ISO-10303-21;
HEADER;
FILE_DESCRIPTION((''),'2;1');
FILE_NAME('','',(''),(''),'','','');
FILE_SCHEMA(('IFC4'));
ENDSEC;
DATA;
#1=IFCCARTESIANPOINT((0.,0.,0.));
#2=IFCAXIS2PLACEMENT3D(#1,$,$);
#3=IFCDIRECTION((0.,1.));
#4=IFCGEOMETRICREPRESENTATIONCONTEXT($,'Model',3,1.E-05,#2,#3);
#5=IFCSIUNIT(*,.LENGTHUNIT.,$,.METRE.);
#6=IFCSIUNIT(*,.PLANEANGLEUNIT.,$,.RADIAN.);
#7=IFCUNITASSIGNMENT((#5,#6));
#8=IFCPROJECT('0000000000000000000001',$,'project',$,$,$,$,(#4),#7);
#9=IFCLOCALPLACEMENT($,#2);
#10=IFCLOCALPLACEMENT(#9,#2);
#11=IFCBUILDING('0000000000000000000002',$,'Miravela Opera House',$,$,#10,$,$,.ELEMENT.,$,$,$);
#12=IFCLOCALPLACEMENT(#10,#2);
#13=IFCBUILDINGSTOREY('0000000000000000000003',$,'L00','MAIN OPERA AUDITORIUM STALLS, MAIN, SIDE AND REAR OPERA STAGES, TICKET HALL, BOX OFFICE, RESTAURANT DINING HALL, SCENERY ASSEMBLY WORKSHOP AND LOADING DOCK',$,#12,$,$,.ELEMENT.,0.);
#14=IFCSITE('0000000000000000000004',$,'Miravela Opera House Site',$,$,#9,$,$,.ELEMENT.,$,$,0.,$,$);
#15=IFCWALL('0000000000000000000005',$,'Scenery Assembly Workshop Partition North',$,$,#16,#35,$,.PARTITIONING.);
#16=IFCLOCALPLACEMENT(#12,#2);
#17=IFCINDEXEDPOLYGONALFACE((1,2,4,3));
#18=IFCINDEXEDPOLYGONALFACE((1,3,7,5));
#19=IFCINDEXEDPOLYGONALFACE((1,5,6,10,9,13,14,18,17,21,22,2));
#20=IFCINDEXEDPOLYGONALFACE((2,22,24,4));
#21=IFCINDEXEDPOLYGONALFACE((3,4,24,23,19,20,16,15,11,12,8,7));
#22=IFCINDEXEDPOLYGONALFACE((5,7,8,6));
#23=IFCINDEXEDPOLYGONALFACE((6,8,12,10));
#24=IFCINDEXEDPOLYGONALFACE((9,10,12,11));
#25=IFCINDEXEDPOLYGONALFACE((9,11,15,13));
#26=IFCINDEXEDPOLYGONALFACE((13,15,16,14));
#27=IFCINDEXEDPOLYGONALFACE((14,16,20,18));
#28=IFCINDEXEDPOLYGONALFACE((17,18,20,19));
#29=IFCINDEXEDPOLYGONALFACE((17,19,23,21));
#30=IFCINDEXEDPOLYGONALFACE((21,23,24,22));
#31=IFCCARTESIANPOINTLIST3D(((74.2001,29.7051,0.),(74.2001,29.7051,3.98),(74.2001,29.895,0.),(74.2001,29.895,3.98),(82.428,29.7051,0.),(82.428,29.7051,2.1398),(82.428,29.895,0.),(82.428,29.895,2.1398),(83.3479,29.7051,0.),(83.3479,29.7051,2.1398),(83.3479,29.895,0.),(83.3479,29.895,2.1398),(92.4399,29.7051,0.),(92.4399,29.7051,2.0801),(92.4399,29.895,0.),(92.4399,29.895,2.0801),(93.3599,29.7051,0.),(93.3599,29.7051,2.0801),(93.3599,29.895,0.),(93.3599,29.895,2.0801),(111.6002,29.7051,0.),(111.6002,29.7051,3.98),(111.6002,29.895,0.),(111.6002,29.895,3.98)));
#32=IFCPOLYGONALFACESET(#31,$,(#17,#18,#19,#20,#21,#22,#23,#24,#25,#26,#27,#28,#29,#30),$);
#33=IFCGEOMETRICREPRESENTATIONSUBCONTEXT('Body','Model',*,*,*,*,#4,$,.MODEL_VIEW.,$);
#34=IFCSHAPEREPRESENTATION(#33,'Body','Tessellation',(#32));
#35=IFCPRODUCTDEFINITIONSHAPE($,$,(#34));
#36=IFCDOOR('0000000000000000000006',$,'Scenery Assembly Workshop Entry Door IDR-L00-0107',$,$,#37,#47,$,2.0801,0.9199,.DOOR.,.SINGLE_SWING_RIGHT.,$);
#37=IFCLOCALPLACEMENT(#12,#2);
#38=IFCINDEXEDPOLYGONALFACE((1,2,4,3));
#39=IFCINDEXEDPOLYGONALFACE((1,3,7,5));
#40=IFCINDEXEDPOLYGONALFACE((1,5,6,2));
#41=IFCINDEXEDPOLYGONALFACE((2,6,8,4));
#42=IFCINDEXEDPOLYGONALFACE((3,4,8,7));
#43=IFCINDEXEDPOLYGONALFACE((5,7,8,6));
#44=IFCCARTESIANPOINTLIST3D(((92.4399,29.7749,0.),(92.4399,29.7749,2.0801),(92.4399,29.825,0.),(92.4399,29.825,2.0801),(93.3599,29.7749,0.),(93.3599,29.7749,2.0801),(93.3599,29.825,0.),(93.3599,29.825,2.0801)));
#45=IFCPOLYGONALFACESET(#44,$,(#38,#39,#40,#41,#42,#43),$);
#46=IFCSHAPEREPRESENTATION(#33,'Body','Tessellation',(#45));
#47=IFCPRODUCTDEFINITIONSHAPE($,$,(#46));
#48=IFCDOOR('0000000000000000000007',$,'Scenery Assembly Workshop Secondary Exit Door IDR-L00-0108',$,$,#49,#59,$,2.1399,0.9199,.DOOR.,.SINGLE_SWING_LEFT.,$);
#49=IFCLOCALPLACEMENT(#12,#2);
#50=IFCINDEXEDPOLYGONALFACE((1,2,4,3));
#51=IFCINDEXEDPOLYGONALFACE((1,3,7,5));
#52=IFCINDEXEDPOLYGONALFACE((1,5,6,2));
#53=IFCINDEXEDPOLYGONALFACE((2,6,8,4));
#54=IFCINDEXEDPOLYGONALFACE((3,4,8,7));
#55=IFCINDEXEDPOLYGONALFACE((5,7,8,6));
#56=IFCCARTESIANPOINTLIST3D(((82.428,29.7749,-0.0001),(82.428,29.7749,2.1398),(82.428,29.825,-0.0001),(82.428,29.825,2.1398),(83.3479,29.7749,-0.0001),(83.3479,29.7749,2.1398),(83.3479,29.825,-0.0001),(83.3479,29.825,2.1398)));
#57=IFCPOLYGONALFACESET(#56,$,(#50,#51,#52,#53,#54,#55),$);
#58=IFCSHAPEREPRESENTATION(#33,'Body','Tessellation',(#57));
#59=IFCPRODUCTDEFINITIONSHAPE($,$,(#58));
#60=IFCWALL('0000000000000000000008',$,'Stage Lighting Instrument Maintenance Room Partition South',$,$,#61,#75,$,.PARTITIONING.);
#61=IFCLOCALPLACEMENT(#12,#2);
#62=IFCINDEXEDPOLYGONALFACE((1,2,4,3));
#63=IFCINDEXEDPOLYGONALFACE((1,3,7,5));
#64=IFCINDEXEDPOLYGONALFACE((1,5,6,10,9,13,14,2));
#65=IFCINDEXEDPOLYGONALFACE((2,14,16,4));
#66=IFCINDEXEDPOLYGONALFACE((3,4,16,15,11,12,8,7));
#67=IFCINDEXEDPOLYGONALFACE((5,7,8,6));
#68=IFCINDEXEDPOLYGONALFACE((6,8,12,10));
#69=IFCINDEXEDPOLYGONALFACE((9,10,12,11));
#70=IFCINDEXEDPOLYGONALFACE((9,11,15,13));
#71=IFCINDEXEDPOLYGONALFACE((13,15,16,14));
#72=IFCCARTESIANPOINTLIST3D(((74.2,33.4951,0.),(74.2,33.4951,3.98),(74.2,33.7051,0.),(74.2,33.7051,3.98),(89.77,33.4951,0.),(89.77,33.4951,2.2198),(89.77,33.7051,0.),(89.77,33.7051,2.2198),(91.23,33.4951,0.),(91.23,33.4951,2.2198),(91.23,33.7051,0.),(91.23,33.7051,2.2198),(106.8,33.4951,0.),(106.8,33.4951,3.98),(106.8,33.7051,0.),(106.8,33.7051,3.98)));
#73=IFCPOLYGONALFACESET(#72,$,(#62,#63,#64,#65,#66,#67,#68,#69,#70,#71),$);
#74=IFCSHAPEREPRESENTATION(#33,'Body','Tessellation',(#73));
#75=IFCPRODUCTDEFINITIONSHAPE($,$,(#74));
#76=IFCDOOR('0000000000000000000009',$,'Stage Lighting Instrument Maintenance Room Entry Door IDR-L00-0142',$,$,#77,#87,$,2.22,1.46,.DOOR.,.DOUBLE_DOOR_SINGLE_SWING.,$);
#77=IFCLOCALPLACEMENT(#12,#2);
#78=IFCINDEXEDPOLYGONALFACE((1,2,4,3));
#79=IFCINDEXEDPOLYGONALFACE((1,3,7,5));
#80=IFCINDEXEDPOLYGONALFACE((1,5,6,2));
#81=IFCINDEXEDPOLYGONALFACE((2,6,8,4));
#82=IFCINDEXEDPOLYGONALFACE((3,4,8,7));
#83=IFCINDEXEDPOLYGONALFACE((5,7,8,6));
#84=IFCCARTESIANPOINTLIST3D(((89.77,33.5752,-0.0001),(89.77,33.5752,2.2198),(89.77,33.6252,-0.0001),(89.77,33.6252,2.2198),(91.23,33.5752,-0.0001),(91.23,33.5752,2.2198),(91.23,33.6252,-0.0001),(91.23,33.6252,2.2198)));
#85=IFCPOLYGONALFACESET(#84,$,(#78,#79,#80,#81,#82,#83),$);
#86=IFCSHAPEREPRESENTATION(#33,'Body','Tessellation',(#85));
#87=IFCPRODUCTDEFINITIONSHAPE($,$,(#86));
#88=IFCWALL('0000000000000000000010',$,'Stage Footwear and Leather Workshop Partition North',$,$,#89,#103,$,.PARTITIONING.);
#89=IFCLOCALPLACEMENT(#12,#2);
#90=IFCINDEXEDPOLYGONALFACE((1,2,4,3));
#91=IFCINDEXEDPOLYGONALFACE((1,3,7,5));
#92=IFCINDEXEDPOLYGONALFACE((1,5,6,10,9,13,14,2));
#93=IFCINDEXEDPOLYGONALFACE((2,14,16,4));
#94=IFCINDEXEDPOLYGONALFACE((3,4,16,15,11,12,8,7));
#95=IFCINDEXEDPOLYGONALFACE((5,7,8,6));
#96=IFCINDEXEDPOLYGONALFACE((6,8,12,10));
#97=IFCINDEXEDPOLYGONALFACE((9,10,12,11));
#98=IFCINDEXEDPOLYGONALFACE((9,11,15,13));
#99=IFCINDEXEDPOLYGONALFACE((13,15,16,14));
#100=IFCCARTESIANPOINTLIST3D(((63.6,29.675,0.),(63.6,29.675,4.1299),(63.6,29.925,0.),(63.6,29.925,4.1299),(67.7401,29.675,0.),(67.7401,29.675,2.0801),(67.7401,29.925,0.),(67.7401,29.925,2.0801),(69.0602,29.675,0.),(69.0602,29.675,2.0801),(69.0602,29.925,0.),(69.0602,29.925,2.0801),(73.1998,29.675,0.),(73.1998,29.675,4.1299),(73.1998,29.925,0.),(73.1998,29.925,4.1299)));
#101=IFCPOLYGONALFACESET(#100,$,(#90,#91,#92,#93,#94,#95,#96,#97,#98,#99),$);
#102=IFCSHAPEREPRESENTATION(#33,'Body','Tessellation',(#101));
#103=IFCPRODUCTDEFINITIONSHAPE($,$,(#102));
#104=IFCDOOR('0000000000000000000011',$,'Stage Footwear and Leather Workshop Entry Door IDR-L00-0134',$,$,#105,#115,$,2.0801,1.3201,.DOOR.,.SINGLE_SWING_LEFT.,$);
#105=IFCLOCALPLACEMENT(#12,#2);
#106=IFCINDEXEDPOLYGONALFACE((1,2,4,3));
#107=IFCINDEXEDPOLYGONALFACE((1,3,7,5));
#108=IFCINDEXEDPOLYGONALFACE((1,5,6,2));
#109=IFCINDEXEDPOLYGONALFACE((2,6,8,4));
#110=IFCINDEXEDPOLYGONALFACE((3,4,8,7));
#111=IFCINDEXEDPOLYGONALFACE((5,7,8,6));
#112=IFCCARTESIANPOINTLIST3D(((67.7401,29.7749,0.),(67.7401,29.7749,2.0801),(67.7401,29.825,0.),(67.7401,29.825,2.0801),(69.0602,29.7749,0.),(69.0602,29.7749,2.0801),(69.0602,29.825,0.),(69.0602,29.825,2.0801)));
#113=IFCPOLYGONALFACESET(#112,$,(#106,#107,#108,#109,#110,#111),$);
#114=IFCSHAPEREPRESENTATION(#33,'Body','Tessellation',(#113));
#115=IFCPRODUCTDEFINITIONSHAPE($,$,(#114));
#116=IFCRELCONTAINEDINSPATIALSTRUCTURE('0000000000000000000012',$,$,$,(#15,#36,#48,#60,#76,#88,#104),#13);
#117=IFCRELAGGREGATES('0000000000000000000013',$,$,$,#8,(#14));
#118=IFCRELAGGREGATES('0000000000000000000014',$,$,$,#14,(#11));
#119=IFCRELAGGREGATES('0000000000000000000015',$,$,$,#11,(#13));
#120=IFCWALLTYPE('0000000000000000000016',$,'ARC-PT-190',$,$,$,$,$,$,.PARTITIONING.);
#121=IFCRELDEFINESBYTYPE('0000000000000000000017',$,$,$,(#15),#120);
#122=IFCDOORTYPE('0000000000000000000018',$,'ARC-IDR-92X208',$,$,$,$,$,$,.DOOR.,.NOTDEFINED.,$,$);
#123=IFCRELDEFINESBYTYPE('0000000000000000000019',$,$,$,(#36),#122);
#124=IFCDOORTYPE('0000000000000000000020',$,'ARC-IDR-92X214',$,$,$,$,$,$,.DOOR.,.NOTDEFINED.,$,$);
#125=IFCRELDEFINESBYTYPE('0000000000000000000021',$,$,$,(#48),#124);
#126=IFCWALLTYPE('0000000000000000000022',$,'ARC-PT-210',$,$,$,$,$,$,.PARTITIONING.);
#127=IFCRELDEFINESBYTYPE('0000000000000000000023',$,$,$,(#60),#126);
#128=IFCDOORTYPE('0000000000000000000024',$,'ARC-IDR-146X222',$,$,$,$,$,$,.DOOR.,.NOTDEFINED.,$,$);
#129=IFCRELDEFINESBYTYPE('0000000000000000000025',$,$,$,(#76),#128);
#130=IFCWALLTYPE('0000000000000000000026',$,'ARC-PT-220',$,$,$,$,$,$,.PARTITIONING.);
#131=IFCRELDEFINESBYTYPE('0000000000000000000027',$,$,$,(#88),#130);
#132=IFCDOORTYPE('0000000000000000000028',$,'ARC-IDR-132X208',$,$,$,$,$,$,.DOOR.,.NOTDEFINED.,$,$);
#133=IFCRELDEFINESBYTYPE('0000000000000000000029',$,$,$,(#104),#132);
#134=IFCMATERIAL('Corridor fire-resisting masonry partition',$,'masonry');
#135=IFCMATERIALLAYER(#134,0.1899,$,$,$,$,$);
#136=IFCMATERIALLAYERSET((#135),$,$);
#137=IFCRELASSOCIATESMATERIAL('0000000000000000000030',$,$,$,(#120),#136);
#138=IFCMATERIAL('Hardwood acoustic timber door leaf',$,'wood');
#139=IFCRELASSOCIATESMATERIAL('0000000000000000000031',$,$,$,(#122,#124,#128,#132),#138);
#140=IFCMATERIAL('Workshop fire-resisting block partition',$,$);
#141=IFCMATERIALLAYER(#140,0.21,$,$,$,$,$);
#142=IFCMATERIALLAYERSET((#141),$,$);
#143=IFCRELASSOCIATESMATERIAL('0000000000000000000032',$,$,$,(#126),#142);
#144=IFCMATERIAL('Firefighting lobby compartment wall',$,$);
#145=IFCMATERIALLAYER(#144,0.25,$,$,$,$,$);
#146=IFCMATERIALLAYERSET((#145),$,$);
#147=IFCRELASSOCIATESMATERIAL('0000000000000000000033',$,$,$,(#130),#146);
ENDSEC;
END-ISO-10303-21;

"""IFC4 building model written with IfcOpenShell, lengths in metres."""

from ifc_helpers import new_model, si_unit, direction, frame, frame_2d, origin, place, context, subcontext, project, spatial, rectangle, extrude, material, layer, layer_set, type_object, element, fill, save


model = new_model("IFC4")

# Units and contexts
model_context = context("Model", 3, precision=1e-05, world=origin(), true_north=direction((0.0, 1.0)))
body_context = subcontext(model_context, "Body", "Model", "MODEL_VIEW")
ifc_project = project(units=[si_unit("LENGTHUNIT", "METRE"), si_unit("PLANEANGLEUNIT", "RADIAN")], contexts=[model_context])

# Site, building, storey
site_placement = place(None, origin())
site = spatial("IfcSite", under=ifc_project, at=site_placement, Name="Miravela Opera House Site", CompositionType="ELEMENT", RefElevation=0.0)
building_placement = place(site_placement, origin())
building = spatial("IfcBuilding", under=site, at=building_placement, Name="Miravela Opera House", CompositionType="ELEMENT")
storey_placement = place(building_placement, origin())
storey = spatial("IfcBuildingStorey", under=building, at=storey_placement, Name="L00", Description="MAIN OPERA AUDITORIUM STALLS, MAIN, SIDE AND REAR OPERA STAGES, TICKET HALL, BOX OFFICE, RESTAURANT DINING HALL, SCENERY ASSEMBLY WORKSHOP AND LOADING DOCK", CompositionType="ELEMENT", Elevation=0.0)

# Wall, openings, doors
ifc_material_1 = material(Name="Corridor fire-resisting masonry partition", Category="masonry")
ifc_layer_1 = layer(ifc_material_1, 0.1899)
ifc_layer_set_1 = layer_set([ifc_layer_1])
wall_type_1 = type_object("IfcWallType", Name="ARC-PT-190", PredefinedType="PARTITIONING", material=ifc_layer_set_1)
wall_1_placement = place(storey_placement, frame((74.2, 29.8, 0.0), z_axis=(0.0, 0.0, 1.0), x_axis=(1.0, 0.0, 0.0)))
wall_1 = element("IfcWall", 1, at=wall_1_placement, inside=storey, type_object=wall_type_1, Name="Scenery Assembly Workshop Partition North", PredefinedType="PARTITIONING", context=body_context, shape_type="SweptSolid", body=[
    extrude(rectangle(XDim=37.4001, YDim=0.1899, at=frame_2d((18.7002, 0.0))), origin(), (0.0, 0.0, 1.0), 3.98),
])
opening_1_placement = place(wall_1_placement, frame((18.24, 0.0, 0.0)))
opening_1 = element("IfcOpeningElement", 2, at=opening_1_placement, cuts=wall_1, PredefinedType="OPENING", context=body_context, shape_type="SweptSolid", body=[
    extrude(rectangle(XDim=0.9199, YDim=2.0801, at=frame_2d((0.46, 1.04))), frame((0.0, 0.105, 0.0), z_axis=(0.0, -1.0, 0.0), x_axis=(1.0, 0.0, 0.0)), (0.0, 0.0, 1.0), 0.21),
])
opening_2_placement = place(wall_1_placement, frame((8.228, 0.0, 0.0)))
opening_2 = element("IfcOpeningElement", 3, at=opening_2_placement, cuts=wall_1, PredefinedType="OPENING", context=body_context, shape_type="SweptSolid", body=[
    extrude(rectangle(XDim=0.9199, YDim=2.1399, at=frame_2d((0.46, 1.0698))), frame((0.0, 0.105, 0.0), z_axis=(0.0, -1.0, 0.0), x_axis=(1.0, 0.0, 0.0)), (0.0, 0.0, 1.0), 0.21),
])
ifc_material_2 = material(Name="Hardwood acoustic timber door leaf", Category="wood")
door_type_1 = type_object("IfcDoorType", Name="ARC-IDR-92X208", OperationType="NOTDEFINED", PredefinedType="DOOR", material=ifc_material_2)
door_1_placement = place(opening_1_placement, origin())
door_1 = element("IfcDoor", 4, at=door_1_placement, inside=storey, type_object=door_type_1, Name="Scenery Assembly Workshop Entry Door IDR-L00-0107", OperationType="SINGLE_SWING_RIGHT", OverallHeight=2.0801, OverallWidth=0.9199, PredefinedType="DOOR", context=body_context, shape_type="SweptSolid", body=[
    extrude(rectangle(XDim=0.9199, YDim=2.0801, at=frame_2d((0.46, 1.04))), frame((0.0, 0.0249, 0.0), z_axis=(0.0, -1.0, 0.0), x_axis=(1.0, 0.0, 0.0)), (0.0, 0.0, 1.0), 0.05),
])
fill(opening_1, door_1)
door_type_2 = type_object("IfcDoorType", Name="ARC-IDR-92X214", OperationType="NOTDEFINED", PredefinedType="DOOR", material=ifc_material_2)
door_2_placement = place(opening_2_placement, origin())
door_2 = element("IfcDoor", 5, at=door_2_placement, inside=storey, type_object=door_type_2, Name="Scenery Assembly Workshop Secondary Exit Door IDR-L00-0108", OperationType="SINGLE_SWING_LEFT", OverallHeight=2.1399, OverallWidth=0.9199, PredefinedType="DOOR", context=body_context, shape_type="SweptSolid", body=[
    extrude(rectangle(XDim=0.9199, YDim=2.1399, at=frame_2d((0.46, 1.0698))), frame((0.0, 0.0249, 0.0), z_axis=(0.0, -1.0, 0.0), x_axis=(1.0, 0.0, 0.0)), (0.0, 0.0, 1.0), 0.05),
])
fill(opening_2, door_2)

# Walls, openings, doors
ifc_material_3 = material(Name="Workshop fire-resisting block partition")
ifc_layer_2 = layer(ifc_material_3, 0.21)
ifc_layer_set_2 = layer_set([ifc_layer_2])
wall_type_2 = type_object("IfcWallType", Name="ARC-PT-210", PredefinedType="PARTITIONING", material=ifc_layer_set_2)
wall_2_placement = place(storey_placement, frame((74.2, 33.6001, 0.0), z_axis=(0.0, 0.0, 1.0), x_axis=(1.0, 0.0, 0.0)))
wall_2 = element("IfcWall", 6, at=wall_2_placement, inside=storey, type_object=wall_type_2, Name="Stage Lighting Instrument Maintenance Room Partition South", PredefinedType="PARTITIONING", context=body_context, shape_type="SweptSolid", body=[
    extrude(rectangle(XDim=32.6001, YDim=0.21, at=frame_2d((16.3, 0.0))), origin(), (0.0, 0.0, 1.0), 3.98),
])
opening_3_placement = place(wall_2_placement, frame((15.5701, 0.0, 0.0)))
opening_3 = element("IfcOpeningElement", 7, at=opening_3_placement, cuts=wall_2, PredefinedType="OPENING", context=body_context, shape_type="SweptSolid", body=[
    extrude(rectangle(XDim=1.46, YDim=2.22, at=frame_2d((0.73, 1.1099))), frame((0.0, 0.115, 0.0), z_axis=(0.0, -1.0, 0.0), x_axis=(1.0, 0.0, 0.0)), (0.0, 0.0, 1.0), 0.23),
])
door_type_3 = type_object("IfcDoorType", Name="ARC-IDR-146X222", OperationType="NOTDEFINED", PredefinedType="DOOR", material=ifc_material_2)
door_3_placement = place(opening_3_placement, frame((1.46, 0.0, 0.0), z_axis=(0.0, 0.0, 1.0), x_axis=(-1.0, 0.0, 0.0)))
door_3 = element("IfcDoor", 8, at=door_3_placement, inside=storey, type_object=door_type_3, Name="Stage Lighting Instrument Maintenance Room Entry Door IDR-L00-0142", OperationType="DOUBLE_DOOR_SINGLE_SWING", OverallHeight=2.22, OverallWidth=1.46, PredefinedType="DOOR", context=body_context, shape_type="SweptSolid", body=[
    extrude(rectangle(XDim=1.46, YDim=2.22, at=frame_2d((0.73, 1.1099))), frame((0.0, 0.0249, 0.0), z_axis=(0.0, -1.0, 0.0), x_axis=(1.0, 0.0, 0.0)), (0.0, 0.0, 1.0), 0.05),
])
fill(opening_3, door_3)
ifc_material_4 = material(Name="Firefighting lobby compartment wall")
ifc_layer_3 = layer(ifc_material_4, 0.25)
ifc_layer_set_3 = layer_set([ifc_layer_3])
wall_type_3 = type_object("IfcWallType", Name="ARC-PT-220", PredefinedType="PARTITIONING", material=ifc_layer_set_3)
wall_3_placement = place(storey_placement, frame((63.6001, 29.8, 0.0), z_axis=(0.0, 0.0, 1.0), x_axis=(1.0, 0.0, 0.0)))
wall_3 = element("IfcWall", 9, at=wall_3_placement, inside=storey, type_object=wall_type_3, Name="Stage Footwear and Leather Workshop Partition North", PredefinedType="PARTITIONING", context=body_context, shape_type="SweptSolid", body=[
    extrude(rectangle(XDim=9.5999, YDim=0.25, at=frame_2d((4.7998, 0.0))), origin(), (0.0, 0.0, 1.0), 4.1299),
])
opening_4_placement = place(wall_3_placement, frame((4.1399, 0.0, 0.0)))
opening_4 = element("IfcOpeningElement", 10, at=opening_4_placement, cuts=wall_3, PredefinedType="OPENING", context=body_context, shape_type="SweptSolid", body=[
    extrude(rectangle(XDim=1.3201, YDim=2.0801, at=frame_2d((0.6602, 1.04))), frame((0.0, 0.135, 0.0), z_axis=(0.0, -1.0, 0.0), x_axis=(1.0, 0.0, 0.0)), (0.0, 0.0, 1.0), 0.27),
])
door_type_4 = type_object("IfcDoorType", Name="ARC-IDR-132X208", OperationType="NOTDEFINED", PredefinedType="DOOR", material=ifc_material_2)
door_4_placement = place(opening_4_placement, origin())
door_4 = element("IfcDoor", 11, at=door_4_placement, inside=storey, type_object=door_type_4, Name="Stage Footwear and Leather Workshop Entry Door IDR-L00-0134", OperationType="SINGLE_SWING_LEFT", OverallHeight=2.0801, OverallWidth=1.3201, PredefinedType="DOOR", context=body_context, shape_type="SweptSolid", body=[
    extrude(rectangle(XDim=1.3201, YDim=2.0801, at=frame_2d((0.6602, 1.04))), frame((0.0, 0.0249, 0.0), z_axis=(0.0, -1.0, 0.0), x_axis=(1.0, 0.0, 0.0)), (0.0, 0.0, 1.0), 0.05),
])
fill(opening_4, door_4)

save(model, "model.ifc")
